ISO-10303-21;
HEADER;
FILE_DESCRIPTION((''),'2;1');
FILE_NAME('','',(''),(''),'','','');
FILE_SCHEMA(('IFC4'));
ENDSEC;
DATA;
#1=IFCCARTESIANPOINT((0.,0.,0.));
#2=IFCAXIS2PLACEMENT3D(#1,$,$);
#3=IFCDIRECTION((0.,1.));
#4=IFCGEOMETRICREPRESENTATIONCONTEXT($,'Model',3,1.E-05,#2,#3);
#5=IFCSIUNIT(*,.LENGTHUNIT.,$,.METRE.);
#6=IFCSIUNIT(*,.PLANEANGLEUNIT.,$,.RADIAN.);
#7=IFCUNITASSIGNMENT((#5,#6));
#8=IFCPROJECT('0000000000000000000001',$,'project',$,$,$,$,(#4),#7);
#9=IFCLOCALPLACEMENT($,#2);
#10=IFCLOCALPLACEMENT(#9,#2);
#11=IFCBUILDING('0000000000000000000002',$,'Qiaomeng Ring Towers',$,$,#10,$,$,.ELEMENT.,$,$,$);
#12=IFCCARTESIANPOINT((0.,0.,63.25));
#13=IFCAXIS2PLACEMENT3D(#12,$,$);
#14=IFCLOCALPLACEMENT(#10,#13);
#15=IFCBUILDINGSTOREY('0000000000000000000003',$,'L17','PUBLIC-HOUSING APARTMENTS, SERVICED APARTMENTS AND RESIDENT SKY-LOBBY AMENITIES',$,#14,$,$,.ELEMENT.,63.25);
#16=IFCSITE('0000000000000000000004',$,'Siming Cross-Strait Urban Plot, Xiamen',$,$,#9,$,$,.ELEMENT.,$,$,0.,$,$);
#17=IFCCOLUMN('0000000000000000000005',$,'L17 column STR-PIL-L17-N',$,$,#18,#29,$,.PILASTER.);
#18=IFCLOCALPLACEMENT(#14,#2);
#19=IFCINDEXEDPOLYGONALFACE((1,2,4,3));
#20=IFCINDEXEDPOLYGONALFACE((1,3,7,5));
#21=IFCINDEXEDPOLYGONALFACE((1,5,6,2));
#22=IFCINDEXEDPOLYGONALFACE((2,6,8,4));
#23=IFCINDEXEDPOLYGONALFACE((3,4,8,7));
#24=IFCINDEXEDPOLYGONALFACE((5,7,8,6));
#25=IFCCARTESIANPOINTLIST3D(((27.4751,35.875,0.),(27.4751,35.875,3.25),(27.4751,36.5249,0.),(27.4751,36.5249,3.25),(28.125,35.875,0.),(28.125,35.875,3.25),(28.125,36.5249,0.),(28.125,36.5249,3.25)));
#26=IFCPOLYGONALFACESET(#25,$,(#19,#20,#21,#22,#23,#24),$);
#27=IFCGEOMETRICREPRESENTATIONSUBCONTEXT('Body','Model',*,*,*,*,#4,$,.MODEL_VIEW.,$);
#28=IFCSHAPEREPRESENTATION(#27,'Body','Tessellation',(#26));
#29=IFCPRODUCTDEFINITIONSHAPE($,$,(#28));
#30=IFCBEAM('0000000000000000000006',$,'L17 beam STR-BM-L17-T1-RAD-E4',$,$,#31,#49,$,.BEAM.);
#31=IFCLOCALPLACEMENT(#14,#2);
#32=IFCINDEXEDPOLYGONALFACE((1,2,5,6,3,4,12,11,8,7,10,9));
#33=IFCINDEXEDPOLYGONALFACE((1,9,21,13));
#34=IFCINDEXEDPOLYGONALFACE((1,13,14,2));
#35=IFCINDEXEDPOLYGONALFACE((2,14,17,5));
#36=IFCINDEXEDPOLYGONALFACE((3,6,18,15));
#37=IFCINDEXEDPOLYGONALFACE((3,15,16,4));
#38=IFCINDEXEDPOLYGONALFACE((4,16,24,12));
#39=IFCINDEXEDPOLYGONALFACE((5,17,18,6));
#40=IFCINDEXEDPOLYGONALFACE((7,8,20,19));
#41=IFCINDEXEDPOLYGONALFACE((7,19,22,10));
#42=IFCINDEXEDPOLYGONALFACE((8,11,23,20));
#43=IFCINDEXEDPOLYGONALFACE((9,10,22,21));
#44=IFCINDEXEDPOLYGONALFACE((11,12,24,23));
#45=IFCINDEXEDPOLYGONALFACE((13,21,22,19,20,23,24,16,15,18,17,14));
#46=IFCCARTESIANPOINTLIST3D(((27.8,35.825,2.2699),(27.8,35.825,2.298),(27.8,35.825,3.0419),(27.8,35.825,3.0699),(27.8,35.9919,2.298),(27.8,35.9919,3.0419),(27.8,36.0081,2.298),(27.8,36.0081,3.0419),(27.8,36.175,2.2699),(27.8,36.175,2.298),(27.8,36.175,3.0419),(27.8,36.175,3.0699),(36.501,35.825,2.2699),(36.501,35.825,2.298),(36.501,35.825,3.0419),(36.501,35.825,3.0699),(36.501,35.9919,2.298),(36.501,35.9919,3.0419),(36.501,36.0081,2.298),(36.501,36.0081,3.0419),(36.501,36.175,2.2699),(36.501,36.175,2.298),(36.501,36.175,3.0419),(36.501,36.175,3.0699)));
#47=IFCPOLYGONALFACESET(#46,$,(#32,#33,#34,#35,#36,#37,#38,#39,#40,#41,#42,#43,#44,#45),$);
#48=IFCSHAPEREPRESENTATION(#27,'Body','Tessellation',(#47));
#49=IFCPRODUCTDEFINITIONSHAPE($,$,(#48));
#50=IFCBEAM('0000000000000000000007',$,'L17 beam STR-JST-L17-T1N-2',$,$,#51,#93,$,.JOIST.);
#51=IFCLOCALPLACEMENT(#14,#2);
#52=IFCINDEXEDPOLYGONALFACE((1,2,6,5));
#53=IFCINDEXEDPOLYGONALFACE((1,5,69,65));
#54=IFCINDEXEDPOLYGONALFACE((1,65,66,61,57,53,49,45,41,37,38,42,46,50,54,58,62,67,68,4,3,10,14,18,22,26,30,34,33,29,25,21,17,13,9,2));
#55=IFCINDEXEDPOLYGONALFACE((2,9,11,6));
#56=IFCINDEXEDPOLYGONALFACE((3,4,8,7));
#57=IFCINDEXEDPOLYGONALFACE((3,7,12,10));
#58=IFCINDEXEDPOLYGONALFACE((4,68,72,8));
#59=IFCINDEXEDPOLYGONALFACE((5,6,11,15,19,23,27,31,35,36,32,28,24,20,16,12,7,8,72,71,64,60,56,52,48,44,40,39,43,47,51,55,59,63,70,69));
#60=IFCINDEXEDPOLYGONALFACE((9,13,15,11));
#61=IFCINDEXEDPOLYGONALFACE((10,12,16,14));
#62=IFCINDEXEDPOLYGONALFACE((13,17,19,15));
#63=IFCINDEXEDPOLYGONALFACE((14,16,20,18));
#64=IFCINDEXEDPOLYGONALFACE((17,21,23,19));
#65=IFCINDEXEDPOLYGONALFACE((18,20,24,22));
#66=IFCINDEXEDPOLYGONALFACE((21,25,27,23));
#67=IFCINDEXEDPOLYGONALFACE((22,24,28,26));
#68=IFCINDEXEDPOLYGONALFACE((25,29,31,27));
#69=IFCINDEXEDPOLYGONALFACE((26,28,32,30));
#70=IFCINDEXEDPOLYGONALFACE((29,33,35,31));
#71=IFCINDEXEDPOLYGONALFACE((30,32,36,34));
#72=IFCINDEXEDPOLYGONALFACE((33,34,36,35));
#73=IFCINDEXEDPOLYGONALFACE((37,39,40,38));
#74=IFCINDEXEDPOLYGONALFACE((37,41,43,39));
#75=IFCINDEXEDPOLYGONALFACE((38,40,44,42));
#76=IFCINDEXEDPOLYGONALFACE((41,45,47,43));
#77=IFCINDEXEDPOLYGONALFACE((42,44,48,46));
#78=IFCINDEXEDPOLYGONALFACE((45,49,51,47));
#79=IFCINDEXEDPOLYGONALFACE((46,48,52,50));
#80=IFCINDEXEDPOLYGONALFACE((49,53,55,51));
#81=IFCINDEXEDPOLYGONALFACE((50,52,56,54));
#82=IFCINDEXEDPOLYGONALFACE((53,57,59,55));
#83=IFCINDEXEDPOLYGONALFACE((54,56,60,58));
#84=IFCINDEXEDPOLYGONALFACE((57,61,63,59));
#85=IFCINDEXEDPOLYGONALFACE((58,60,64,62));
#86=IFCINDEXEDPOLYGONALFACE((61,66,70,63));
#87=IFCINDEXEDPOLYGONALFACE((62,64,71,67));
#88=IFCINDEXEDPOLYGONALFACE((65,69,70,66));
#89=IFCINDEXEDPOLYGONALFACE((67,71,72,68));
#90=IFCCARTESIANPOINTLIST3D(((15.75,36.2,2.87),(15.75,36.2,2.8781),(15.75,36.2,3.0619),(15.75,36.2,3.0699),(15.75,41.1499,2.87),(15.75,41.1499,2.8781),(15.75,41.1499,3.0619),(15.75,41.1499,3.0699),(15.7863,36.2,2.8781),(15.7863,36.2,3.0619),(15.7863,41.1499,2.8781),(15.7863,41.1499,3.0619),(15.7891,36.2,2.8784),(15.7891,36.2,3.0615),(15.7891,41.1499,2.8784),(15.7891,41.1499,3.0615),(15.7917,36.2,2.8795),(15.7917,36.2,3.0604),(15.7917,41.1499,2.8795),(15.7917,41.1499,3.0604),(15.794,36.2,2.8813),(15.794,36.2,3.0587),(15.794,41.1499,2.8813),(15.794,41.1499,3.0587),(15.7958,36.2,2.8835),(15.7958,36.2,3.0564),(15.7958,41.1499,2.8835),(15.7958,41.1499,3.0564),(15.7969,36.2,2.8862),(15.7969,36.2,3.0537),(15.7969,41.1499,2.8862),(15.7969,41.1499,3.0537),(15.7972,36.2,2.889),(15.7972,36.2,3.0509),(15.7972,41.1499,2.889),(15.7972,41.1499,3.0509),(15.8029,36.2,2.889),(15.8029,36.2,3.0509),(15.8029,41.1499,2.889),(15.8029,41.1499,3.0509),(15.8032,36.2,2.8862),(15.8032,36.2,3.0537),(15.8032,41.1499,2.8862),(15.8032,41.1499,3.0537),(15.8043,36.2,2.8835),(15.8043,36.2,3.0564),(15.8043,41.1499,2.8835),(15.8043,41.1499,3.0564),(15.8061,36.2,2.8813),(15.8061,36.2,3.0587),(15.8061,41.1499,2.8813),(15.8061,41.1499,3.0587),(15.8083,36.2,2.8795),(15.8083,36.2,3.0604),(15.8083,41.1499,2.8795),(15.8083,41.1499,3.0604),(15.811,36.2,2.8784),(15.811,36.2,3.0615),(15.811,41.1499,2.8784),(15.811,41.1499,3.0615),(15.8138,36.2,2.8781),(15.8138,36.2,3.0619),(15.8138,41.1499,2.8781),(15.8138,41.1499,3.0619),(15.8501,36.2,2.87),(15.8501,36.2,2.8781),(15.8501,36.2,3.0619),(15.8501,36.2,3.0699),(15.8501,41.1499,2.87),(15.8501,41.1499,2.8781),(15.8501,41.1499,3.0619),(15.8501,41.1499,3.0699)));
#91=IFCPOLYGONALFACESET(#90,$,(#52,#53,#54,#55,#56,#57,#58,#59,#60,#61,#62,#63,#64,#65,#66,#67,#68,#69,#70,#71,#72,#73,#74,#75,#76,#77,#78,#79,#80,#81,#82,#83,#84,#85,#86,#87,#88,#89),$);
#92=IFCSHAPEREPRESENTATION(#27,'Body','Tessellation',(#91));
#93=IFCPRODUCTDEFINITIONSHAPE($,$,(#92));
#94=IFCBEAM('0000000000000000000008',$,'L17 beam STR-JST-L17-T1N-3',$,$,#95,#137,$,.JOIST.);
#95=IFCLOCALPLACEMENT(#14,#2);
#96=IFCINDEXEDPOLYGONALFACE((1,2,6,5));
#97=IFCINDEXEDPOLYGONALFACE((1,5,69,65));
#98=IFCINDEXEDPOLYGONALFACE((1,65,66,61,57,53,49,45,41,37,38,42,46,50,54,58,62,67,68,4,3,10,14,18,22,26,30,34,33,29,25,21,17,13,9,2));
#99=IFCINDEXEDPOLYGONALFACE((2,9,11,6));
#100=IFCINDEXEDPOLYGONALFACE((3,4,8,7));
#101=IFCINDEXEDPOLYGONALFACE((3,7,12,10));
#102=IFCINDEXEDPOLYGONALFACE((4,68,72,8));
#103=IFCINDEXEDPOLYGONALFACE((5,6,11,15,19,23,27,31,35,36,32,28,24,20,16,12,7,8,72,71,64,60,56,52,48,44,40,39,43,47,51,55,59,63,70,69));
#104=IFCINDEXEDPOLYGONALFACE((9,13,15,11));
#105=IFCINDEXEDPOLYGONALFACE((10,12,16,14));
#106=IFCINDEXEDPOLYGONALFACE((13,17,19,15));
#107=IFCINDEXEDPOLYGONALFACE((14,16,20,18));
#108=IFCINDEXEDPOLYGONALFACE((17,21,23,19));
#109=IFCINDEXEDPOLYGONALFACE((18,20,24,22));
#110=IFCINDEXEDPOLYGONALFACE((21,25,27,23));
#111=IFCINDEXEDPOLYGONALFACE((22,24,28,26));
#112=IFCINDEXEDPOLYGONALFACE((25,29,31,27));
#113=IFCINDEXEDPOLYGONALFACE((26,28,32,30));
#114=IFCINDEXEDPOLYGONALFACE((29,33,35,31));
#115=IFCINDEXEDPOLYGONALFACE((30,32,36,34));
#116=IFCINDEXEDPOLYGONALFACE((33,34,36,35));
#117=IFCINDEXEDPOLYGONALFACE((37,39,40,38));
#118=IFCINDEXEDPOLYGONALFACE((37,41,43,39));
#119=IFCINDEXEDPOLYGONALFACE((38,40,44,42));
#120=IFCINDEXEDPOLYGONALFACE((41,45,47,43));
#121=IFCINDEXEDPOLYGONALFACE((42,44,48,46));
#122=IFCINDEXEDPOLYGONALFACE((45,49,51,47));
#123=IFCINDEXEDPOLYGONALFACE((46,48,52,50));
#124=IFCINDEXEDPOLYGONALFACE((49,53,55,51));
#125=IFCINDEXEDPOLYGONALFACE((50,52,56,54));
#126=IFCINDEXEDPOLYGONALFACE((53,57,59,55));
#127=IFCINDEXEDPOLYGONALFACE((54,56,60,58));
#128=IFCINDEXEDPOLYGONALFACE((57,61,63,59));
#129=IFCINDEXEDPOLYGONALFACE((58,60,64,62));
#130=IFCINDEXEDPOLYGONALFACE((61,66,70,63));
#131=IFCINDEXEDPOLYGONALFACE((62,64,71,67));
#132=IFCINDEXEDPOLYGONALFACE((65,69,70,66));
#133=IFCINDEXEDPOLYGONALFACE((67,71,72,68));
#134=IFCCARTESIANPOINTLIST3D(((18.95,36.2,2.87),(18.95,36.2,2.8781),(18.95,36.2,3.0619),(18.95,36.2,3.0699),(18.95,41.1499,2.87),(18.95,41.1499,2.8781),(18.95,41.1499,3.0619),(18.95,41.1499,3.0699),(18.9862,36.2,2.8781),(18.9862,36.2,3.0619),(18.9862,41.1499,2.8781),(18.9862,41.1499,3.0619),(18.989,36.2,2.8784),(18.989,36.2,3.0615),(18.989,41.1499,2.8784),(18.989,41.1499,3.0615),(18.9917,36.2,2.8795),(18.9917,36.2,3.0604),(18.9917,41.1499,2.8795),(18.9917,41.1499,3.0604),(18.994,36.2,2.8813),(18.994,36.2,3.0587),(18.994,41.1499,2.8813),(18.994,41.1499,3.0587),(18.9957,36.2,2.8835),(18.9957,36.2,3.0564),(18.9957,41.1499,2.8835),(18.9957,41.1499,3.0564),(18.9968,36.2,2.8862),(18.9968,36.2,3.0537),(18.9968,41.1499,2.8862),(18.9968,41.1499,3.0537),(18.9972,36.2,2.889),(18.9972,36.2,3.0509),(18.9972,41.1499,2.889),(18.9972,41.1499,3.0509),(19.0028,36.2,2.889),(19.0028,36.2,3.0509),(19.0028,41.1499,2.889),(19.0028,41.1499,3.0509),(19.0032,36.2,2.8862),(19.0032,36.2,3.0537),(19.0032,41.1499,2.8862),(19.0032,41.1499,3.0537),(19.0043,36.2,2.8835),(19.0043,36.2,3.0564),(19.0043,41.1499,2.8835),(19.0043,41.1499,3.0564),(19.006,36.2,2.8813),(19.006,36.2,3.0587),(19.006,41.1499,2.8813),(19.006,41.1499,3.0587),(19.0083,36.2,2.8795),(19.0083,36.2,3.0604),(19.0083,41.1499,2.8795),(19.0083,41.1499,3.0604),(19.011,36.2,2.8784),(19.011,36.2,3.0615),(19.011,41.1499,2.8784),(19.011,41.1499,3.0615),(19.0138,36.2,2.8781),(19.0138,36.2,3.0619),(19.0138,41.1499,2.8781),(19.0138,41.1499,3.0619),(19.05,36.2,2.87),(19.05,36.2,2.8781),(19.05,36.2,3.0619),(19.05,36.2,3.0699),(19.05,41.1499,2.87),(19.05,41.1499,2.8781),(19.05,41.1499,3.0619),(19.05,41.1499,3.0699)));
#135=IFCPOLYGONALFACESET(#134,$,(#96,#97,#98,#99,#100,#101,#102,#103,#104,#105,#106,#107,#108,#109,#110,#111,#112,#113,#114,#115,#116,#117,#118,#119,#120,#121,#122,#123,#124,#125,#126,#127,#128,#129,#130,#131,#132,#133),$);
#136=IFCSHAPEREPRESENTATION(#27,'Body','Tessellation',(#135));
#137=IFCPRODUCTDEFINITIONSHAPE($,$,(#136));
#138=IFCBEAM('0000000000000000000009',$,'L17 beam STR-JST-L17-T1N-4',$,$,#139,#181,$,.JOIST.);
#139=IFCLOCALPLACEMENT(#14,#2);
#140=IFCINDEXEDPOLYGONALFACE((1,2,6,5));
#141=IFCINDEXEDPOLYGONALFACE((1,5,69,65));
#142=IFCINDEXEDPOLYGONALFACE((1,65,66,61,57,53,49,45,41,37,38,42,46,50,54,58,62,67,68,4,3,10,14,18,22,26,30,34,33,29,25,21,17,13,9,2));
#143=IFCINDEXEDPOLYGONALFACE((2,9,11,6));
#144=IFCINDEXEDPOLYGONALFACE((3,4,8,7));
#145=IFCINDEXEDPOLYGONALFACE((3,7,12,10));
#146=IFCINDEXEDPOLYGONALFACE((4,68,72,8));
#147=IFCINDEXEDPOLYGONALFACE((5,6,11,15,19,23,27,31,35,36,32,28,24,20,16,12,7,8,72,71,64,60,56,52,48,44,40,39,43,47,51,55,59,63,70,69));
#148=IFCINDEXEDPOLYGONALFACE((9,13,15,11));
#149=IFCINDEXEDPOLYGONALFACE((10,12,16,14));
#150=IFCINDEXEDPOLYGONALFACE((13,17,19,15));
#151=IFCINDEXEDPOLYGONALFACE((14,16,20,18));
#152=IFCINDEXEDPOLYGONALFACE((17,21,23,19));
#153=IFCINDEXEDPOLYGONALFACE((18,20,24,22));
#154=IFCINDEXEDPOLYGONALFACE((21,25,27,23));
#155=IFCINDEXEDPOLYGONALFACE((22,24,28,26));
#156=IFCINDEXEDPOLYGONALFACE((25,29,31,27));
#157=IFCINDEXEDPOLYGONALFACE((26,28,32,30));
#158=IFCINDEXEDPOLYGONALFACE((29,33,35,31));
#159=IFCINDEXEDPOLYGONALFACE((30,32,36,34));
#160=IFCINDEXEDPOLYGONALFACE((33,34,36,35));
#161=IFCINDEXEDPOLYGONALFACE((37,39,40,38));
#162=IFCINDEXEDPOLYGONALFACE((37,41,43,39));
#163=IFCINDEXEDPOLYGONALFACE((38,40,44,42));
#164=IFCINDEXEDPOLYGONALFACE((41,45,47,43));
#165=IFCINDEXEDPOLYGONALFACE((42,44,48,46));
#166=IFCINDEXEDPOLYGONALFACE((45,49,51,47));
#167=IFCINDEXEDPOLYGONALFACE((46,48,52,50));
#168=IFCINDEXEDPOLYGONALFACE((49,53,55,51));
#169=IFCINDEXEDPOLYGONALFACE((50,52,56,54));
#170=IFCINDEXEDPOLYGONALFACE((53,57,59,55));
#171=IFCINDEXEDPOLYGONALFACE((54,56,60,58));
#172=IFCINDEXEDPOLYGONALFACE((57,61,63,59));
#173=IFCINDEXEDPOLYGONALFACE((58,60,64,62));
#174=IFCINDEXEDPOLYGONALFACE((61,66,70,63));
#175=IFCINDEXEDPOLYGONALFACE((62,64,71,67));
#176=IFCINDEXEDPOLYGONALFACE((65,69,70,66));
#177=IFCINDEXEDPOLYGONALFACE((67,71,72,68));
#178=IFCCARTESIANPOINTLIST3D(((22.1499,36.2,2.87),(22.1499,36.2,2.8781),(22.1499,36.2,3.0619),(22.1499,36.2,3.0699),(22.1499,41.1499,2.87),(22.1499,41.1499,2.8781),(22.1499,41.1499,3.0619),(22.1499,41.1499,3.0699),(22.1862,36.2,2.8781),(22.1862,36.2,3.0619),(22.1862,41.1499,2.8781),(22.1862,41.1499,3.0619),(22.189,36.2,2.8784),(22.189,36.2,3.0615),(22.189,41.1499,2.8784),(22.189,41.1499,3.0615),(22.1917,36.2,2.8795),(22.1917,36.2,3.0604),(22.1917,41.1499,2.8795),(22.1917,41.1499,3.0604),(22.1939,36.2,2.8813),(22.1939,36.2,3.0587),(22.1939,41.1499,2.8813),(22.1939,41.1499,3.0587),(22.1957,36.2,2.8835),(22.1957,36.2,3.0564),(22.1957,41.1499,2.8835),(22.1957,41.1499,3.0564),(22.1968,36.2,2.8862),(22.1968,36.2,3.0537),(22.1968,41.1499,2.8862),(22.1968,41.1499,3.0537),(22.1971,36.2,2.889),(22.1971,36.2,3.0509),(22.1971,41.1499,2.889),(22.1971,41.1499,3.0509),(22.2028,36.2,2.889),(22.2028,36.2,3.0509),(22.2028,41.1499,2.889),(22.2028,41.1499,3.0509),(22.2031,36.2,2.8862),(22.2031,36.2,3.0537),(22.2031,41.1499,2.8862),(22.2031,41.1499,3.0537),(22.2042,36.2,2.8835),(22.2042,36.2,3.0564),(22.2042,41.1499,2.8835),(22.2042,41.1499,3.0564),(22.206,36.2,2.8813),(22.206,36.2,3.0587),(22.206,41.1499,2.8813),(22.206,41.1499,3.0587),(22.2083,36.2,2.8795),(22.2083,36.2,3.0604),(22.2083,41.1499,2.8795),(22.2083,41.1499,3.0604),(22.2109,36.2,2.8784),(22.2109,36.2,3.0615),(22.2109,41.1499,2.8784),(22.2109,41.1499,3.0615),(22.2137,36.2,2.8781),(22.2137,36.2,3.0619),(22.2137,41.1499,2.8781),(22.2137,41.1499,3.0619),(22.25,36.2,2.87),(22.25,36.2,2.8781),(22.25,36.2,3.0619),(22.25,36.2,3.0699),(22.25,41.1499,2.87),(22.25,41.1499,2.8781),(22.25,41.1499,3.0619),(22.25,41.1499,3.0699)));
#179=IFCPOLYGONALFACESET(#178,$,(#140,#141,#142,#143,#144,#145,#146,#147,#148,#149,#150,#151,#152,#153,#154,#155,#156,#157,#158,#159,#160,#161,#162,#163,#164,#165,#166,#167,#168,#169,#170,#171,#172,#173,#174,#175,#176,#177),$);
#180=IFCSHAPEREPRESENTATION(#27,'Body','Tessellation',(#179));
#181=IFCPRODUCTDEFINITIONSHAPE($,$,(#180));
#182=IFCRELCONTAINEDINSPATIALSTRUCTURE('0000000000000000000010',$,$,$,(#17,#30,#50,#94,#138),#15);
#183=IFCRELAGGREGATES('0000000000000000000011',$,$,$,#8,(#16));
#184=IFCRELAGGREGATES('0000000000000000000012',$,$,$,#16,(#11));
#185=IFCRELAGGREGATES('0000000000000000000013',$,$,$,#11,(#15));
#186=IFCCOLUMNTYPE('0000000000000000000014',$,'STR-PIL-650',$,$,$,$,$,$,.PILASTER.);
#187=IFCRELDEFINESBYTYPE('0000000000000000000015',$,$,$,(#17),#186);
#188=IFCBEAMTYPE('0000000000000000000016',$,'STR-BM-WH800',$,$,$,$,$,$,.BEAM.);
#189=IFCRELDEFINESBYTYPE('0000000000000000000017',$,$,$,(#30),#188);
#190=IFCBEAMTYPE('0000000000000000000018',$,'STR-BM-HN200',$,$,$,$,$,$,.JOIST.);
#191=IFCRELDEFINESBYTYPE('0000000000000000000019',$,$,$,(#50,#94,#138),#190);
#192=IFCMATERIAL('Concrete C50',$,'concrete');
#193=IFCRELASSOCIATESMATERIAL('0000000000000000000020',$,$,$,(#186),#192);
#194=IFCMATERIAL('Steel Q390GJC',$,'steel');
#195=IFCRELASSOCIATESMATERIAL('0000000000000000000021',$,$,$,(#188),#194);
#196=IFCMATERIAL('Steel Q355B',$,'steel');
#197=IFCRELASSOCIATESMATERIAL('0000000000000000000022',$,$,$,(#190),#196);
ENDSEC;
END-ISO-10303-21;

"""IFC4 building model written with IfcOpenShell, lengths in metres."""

from ifc_helpers import new_model, si_unit, direction, frame, origin, origin_2d, place, context, subcontext, project, spatial, rectangle, i_section, extrude, source, transform, mapped, material, material_profile, profile_set, type_object, element, save


model = new_model("IFC4")

# Units and contexts
model_context = context("Model", 3, precision=1e-05, world=origin(), true_north=direction((0.0, 1.0)))
body_context = subcontext(model_context, "Body", "Model", "MODEL_VIEW")
ifc_project = project(units=[si_unit("LENGTHUNIT", "METRE"), si_unit("PLANEANGLEUNIT", "RADIAN")], contexts=[model_context])

# Site, building, storey
site_placement = place(None, origin())
site = spatial("IfcSite", under=ifc_project, at=site_placement, Name="Siming Cross-Strait Urban Plot, Xiamen", CompositionType="ELEMENT", RefElevation=0.0)
building_placement = place(site_placement, origin())
building = spatial("IfcBuilding", under=site, at=building_placement, Name="Qiaomeng Ring Towers", CompositionType="ELEMENT")
storey_placement = place(building_placement, frame((0.0, 0.0, 63.25)))
storey = spatial("IfcBuildingStorey", under=building, at=storey_placement, Name="L17", Description="PUBLIC-HOUSING APARTMENTS, SERVICED APARTMENTS AND RESIDENT SKY-LOBBY AMENITIES", CompositionType="ELEMENT", Elevation=63.25)

# Column
ifc_material_1 = material(Name="Concrete C50", Category="concrete")
ifc_material_profile_1 = material_profile(ifc_material_1, rectangle(XDim=0.6499, YDim=0.6499, at=origin_2d()), Name="RC COL 650x650")
ifc_profile_set_1 = profile_set([ifc_material_profile_1], Name="Concrete C50")
column_type = type_object("IfcColumnType", Name="STR-PIL-650", PredefinedType="PILASTER", material=ifc_profile_set_1)
shared_shape_1 = source(origin(), body_context, "Body", "SweptSolid", [
    extrude(rectangle(XDim=0.6499, YDim=0.6499, at=origin_2d()), origin(), (0.0, 0.0, 1.0), 3.25),
])
column_placement = place(storey_placement, frame((27.8, 36.2, 0.0), z_axis=(0.0, 0.0, 1.0), x_axis=(1.0, 0.0, 0.0)))
element("IfcColumn", 1, at=column_placement, inside=storey, type_object=column_type, Name="L17 column STR-PIL-L17-N", PredefinedType="PILASTER", context=body_context, shape_type="MappedRepresentation", body=[
    mapped(shared_shape_1, transform((0.0, 0.0, 0.0), x_axis=(1.0, 0.0, 0.0), y_axis=(0.0, 1.0, 0.0), z_axis=(0.0, 0.0, 1.0), scale=1.0)),
])

# Beams
ifc_material_2 = material(Name="Steel Q390GJC", Category="steel")
ifc_material_profile_2 = material_profile(ifc_material_2, i_section(OverallWidth=0.3501, OverallDepth=0.8, WebThickness=0.0161, FlangeThickness=0.0281, at=origin_2d()), Name="WH 800x350x16x28")
ifc_profile_set_2 = profile_set([ifc_material_profile_2], Name="Steel Q390GJC")
beam_type_1 = type_object("IfcBeamType", Name="STR-BM-WH800", PredefinedType="BEAM", material=ifc_profile_set_2)
shared_shape_2 = source(origin(), body_context, "Body", "SweptSolid", [
    extrude(i_section(OverallWidth=0.3501, OverallDepth=0.8, WebThickness=0.0161, FlangeThickness=0.0281, at=origin_2d()), origin(), (0.0, 0.0, 1.0), 8.7009),
])
beam_placement = place(storey_placement, frame((27.8, 36.0, 2.6699), z_axis=(1.0, 0.0, 0.0), x_axis=(0.0, 1.0, 0.0)))
element("IfcBeam", 2, at=beam_placement, inside=storey, type_object=beam_type_1, Name="L17 beam STR-BM-L17-T1-RAD-E4", PredefinedType="BEAM", context=body_context, shape_type="MappedRepresentation", body=[
    mapped(shared_shape_2, transform((0.0, 0.0, 0.0), x_axis=(1.0, 0.0, 0.0), y_axis=(0.0, 1.0, 0.0), z_axis=(0.0, 0.0, 1.0), scale=1.0)),
])
ifc_material_3 = material(Name="Steel Q355B", Category="steel")
ifc_material_profile_3 = material_profile(ifc_material_3, i_section(OverallWidth=0.1001, OverallDepth=0.2, WebThickness=0.0056, FlangeThickness=0.0081, FilletRadius=0.011, at=origin_2d()), Name="HN 200x100x5.5x8")
ifc_profile_set_3 = profile_set([ifc_material_profile_3], Name="Steel Q355B")
beam_type_2 = type_object("IfcBeamType", Name="STR-BM-HN200", PredefinedType="JOIST", material=ifc_profile_set_3)
shared_shape_3 = source(origin(), body_context, "Body", "SweptSolid", [
    extrude(i_section(OverallWidth=0.1001, OverallDepth=0.2, WebThickness=0.0056, FlangeThickness=0.0081, FilletRadius=0.011, at=origin_2d()), origin(), (0.0, 0.0, 1.0), 4.95),
])
for number, where, z_axis, x_axis, name in (
    (3, (15.8, 36.2, 2.97), (0.0, 1.0, 0.0), (-1.0, 0.0, 0.0), "L17 beam STR-JST-L17-T1N-2"),
    (4, (19.0, 36.2, 2.97), (0.0, 1.0, 0.0), (-1.0, 0.0, 0.0), "L17 beam STR-JST-L17-T1N-3"),
    (5, (22.2, 36.2, 2.97), (0.0, 1.0, 0.0), (-1.0, 0.0, 0.0), "L17 beam STR-JST-L17-T1N-4"),
):
    element("IfcBeam", number, at=place(storey_placement, frame(where, z_axis=z_axis, x_axis=x_axis)), inside=storey, type_object=beam_type_2, Name=name, PredefinedType="JOIST", context=body_context, shape_type="MappedRepresentation", body=[
        mapped(shared_shape_3, transform((0.0, 0.0, 0.0), x_axis=(1.0, 0.0, 0.0), y_axis=(0.0, 1.0, 0.0), z_axis=(0.0, 0.0, 1.0), scale=1.0)),
    ])

save(model, "model.ifc")
